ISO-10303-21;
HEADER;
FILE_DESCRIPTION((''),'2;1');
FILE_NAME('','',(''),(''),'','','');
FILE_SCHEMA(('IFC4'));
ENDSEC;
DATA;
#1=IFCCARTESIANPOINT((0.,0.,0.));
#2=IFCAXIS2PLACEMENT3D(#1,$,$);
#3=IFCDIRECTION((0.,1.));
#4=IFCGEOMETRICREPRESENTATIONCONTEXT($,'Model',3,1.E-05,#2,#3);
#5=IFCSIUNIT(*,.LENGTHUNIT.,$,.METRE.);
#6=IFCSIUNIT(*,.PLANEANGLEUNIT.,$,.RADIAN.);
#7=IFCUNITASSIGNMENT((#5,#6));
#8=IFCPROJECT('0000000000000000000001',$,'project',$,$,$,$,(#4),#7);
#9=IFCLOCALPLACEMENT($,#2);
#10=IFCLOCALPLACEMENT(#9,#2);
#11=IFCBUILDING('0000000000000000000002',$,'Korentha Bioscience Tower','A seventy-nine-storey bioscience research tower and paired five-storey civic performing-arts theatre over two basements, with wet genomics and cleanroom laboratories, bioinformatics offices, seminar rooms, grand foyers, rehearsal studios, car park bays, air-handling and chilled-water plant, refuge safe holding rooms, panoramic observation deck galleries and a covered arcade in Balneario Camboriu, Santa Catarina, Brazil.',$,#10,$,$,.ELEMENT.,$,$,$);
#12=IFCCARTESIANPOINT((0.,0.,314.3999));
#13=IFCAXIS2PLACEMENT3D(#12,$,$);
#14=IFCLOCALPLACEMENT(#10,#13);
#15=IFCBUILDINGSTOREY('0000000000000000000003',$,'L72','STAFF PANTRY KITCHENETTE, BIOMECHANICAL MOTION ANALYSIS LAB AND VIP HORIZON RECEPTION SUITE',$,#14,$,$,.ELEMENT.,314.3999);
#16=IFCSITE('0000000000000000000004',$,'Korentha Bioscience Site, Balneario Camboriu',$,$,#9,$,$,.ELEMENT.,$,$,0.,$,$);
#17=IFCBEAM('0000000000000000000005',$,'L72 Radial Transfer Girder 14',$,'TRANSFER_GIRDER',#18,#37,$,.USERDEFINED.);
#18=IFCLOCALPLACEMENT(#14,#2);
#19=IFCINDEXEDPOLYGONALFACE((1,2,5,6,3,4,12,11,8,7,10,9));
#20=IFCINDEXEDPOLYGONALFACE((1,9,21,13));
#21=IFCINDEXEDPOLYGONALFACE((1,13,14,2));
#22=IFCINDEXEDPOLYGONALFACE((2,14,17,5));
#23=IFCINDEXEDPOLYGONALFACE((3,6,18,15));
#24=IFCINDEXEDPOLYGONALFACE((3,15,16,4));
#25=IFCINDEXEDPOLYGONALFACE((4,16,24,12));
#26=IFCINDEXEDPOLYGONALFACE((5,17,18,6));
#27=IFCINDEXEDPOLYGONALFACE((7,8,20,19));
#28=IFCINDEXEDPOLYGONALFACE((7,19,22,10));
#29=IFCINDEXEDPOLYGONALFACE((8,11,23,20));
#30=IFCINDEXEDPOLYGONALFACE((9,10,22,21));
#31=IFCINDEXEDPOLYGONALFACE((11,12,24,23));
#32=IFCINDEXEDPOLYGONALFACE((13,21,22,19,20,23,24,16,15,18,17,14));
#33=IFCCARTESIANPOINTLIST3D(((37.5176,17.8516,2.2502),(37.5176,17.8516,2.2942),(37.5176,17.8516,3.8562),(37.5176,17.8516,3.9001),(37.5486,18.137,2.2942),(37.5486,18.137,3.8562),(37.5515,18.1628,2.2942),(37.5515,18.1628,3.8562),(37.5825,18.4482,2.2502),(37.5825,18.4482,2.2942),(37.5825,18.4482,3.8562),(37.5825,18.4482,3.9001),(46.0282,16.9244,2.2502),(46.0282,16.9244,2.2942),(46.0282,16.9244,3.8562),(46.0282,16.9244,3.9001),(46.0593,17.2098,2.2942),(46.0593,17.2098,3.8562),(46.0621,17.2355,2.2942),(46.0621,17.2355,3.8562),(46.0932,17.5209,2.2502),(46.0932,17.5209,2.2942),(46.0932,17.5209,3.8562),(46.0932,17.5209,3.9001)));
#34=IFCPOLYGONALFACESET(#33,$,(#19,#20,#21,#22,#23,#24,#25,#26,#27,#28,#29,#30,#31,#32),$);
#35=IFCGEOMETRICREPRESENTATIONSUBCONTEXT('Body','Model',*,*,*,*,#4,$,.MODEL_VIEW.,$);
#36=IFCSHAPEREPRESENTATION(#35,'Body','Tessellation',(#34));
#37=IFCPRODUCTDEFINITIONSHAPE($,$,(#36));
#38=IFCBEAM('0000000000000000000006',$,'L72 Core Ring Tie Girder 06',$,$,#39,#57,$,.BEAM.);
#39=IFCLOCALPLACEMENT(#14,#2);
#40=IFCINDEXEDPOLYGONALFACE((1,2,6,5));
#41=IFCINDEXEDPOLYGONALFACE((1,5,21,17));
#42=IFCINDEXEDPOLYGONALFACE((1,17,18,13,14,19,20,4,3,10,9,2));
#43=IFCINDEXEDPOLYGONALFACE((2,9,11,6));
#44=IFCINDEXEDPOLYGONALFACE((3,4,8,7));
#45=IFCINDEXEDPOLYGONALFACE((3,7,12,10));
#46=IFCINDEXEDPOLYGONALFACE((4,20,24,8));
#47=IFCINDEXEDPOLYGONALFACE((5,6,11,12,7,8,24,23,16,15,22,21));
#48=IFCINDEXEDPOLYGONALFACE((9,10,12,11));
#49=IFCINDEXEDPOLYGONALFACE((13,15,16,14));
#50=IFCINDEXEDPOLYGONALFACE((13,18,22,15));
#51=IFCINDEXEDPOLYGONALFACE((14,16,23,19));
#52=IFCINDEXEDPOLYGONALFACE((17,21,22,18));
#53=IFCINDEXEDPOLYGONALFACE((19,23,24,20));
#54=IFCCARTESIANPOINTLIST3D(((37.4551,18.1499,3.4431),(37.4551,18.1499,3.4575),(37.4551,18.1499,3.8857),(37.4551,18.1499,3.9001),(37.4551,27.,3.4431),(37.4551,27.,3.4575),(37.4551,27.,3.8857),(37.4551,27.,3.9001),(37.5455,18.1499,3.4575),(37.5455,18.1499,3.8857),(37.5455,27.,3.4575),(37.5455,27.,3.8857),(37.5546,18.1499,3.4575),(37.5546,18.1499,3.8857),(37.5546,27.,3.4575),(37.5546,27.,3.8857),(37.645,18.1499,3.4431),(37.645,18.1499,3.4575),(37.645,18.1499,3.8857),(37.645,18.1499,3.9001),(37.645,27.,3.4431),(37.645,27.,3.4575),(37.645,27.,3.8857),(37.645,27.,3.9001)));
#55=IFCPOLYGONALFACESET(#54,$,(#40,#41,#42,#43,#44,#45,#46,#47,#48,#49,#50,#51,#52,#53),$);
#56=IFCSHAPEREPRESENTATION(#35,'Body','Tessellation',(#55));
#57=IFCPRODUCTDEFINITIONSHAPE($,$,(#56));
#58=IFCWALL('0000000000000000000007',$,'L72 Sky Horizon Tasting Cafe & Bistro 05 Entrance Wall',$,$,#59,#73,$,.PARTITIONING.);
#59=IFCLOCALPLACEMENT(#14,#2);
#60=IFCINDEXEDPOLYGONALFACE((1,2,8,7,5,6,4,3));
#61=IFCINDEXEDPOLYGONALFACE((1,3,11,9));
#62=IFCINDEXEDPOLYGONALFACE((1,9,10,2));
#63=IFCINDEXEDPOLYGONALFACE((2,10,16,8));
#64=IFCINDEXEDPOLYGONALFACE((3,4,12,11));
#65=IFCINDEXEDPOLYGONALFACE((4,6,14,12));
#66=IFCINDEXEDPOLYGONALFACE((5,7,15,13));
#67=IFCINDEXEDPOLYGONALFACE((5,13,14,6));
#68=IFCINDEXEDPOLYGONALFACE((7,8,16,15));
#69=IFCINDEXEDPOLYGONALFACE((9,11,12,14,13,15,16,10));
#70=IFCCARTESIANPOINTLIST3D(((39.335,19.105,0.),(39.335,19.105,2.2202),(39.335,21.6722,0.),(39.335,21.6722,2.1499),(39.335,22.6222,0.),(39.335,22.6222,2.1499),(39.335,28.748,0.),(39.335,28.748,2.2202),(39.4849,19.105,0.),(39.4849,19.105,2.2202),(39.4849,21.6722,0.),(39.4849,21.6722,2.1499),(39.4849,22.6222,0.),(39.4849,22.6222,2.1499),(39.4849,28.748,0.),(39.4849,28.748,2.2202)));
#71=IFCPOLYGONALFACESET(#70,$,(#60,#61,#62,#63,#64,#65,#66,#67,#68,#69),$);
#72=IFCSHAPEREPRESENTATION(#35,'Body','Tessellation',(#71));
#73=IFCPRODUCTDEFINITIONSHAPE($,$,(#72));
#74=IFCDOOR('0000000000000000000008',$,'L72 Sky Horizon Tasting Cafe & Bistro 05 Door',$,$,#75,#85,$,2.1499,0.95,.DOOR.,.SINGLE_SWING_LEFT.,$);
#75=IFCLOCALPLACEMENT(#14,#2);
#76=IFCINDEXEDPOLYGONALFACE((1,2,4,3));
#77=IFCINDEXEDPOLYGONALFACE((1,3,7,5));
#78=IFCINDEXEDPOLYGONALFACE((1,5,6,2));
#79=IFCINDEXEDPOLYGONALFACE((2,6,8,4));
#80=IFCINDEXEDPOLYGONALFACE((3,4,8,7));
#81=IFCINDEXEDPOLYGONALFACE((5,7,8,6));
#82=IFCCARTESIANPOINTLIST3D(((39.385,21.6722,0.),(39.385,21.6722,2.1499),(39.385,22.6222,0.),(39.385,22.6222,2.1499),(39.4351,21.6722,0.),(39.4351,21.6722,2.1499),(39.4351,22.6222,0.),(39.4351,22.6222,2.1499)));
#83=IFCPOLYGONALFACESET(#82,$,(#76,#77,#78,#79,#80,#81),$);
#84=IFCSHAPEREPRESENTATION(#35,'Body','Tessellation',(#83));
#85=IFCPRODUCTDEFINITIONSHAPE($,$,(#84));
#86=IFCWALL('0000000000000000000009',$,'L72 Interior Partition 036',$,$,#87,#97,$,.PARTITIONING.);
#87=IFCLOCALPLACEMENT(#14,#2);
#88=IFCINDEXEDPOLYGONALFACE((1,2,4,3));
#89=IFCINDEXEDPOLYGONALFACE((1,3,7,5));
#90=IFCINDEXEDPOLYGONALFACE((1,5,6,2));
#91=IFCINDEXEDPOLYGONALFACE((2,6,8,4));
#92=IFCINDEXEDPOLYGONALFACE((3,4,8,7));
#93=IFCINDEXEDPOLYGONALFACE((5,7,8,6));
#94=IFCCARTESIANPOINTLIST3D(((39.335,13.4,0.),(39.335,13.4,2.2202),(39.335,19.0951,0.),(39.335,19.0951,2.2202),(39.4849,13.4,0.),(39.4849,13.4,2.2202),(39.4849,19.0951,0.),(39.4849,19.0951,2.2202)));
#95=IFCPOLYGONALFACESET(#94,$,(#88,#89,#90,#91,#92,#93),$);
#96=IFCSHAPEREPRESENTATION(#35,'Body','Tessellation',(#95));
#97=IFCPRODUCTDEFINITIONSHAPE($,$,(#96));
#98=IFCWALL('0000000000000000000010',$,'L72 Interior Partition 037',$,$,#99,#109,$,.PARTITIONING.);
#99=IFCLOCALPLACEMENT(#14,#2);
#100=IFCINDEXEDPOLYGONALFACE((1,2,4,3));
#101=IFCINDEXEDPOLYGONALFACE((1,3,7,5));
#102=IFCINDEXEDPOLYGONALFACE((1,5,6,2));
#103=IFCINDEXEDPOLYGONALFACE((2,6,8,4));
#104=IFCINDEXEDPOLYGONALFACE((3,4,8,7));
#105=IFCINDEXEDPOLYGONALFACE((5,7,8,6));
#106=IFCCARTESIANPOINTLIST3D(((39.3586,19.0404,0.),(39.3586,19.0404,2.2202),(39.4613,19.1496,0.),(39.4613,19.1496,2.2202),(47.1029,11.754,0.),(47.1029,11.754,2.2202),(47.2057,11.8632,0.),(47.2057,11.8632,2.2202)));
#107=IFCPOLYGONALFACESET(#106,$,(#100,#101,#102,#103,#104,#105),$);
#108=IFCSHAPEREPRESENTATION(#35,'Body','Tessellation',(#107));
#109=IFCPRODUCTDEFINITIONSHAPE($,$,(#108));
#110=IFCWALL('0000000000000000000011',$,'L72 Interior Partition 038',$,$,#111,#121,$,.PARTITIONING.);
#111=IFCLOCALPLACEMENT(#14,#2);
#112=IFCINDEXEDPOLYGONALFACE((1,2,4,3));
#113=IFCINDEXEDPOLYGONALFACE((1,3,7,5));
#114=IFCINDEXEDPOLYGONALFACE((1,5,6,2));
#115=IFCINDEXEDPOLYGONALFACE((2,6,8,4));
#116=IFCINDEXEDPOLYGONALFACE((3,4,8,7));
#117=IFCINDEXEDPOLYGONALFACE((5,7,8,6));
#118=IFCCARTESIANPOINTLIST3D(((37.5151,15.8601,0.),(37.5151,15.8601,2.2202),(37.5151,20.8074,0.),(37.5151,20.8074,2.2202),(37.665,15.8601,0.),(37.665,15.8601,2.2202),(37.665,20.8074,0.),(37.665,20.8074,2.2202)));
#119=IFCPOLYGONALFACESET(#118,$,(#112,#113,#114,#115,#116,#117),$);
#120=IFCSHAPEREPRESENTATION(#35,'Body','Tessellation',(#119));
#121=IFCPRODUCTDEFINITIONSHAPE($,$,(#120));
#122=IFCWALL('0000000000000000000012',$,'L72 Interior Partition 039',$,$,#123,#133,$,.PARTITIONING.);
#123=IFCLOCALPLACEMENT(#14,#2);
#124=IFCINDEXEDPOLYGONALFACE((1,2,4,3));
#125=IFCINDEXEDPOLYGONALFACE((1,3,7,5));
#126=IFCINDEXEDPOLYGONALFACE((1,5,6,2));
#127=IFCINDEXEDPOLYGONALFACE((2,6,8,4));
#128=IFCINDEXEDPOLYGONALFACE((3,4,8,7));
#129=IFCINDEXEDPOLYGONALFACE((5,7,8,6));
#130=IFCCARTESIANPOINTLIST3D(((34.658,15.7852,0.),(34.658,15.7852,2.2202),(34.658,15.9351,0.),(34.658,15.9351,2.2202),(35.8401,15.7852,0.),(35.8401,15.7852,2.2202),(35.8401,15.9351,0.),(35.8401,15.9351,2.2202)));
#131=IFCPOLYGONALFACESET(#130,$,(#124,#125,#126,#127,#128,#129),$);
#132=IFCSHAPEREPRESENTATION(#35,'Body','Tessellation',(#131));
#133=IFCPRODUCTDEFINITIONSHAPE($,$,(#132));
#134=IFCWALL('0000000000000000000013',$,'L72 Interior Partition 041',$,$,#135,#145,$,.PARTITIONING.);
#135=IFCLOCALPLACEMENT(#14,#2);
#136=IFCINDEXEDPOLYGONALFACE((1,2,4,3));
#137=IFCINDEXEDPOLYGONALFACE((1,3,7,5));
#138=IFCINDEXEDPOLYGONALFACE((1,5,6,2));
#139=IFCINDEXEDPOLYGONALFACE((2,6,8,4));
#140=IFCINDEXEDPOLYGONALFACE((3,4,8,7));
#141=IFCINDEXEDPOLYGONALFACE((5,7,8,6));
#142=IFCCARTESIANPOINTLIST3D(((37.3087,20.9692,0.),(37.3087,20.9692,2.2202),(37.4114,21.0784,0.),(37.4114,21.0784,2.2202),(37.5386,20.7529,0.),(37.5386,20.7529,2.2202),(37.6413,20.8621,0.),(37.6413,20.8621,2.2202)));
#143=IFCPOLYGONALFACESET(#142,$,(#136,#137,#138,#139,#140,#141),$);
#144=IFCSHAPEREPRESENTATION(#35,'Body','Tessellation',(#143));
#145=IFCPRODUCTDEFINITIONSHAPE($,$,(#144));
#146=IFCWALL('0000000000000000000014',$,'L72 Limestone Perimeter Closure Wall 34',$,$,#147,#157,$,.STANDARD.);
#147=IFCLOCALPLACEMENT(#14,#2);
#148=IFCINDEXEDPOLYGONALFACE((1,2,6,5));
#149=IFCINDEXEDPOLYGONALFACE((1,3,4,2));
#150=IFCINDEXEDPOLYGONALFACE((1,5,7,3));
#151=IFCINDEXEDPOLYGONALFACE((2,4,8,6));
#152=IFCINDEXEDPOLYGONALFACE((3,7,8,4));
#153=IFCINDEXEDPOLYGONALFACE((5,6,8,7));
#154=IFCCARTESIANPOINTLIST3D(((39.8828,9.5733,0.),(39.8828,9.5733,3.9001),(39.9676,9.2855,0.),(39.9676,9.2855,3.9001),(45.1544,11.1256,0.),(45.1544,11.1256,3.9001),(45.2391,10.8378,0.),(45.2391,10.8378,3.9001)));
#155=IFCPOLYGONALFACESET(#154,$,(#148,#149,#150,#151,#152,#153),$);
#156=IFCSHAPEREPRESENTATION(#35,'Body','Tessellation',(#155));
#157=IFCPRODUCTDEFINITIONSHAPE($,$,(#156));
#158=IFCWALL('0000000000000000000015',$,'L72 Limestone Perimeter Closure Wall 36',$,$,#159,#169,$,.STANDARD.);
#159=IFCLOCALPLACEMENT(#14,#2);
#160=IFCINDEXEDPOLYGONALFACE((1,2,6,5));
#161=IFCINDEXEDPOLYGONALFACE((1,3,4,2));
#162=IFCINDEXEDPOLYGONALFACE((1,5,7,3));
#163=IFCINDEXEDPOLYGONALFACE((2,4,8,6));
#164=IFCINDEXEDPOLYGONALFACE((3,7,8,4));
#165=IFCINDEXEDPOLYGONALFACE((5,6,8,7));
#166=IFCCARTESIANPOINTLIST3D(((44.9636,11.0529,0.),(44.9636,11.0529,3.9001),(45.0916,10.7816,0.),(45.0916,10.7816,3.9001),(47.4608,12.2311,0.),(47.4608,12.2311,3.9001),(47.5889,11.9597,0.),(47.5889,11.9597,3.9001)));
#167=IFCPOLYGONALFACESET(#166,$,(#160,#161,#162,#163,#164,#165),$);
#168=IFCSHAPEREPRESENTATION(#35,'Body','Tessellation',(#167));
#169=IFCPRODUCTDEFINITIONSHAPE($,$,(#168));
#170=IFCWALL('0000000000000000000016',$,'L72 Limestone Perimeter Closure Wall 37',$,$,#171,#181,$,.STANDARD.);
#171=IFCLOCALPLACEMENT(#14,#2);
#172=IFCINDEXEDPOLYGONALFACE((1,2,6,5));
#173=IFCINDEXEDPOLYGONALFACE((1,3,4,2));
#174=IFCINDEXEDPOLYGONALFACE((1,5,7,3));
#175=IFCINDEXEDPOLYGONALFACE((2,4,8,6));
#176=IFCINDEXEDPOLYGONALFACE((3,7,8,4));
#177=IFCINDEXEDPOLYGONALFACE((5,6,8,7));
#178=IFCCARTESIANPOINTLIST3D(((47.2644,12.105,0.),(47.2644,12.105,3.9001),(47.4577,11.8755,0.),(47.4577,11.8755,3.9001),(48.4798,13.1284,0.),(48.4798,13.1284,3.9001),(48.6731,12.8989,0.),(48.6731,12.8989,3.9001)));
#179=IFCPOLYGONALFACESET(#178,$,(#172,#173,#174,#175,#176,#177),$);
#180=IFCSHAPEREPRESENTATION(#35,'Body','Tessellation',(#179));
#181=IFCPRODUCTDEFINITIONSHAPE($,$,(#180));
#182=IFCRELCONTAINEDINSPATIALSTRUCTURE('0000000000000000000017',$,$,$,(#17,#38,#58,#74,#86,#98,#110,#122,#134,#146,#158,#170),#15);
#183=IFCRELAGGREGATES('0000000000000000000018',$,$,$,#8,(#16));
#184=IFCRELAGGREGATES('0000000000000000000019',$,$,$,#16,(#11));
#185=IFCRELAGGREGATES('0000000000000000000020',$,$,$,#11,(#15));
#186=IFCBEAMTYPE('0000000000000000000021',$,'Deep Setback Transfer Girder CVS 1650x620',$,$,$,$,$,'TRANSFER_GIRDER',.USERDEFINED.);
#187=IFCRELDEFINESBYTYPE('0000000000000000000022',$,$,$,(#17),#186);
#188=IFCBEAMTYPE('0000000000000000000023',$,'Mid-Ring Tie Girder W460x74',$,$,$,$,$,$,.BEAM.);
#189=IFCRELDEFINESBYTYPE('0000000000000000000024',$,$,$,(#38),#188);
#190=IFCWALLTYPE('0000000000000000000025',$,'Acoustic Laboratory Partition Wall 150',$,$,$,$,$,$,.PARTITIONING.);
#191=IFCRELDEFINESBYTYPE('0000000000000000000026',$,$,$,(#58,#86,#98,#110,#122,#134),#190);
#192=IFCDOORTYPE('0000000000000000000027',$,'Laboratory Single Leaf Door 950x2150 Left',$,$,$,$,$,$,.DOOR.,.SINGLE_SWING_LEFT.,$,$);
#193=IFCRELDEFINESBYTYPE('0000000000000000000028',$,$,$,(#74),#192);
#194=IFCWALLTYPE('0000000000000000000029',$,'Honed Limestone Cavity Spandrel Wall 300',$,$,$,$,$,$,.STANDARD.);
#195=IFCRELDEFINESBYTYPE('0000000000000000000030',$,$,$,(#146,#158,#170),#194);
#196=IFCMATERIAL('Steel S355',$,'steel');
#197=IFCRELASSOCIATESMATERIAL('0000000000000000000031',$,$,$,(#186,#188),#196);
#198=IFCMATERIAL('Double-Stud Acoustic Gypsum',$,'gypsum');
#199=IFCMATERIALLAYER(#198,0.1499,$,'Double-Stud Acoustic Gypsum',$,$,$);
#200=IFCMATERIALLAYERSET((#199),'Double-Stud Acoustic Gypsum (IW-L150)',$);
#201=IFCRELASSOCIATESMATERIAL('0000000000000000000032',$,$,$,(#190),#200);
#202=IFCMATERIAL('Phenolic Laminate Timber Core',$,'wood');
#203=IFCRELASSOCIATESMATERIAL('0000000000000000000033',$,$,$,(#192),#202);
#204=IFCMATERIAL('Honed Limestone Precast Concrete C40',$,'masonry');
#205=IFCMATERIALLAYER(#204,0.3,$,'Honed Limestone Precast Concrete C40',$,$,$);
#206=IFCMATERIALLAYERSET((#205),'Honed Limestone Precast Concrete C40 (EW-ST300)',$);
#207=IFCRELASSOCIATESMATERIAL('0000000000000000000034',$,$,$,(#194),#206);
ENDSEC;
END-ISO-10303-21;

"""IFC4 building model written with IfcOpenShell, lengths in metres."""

from ifc_helpers import new_model, si_unit, direction, frame, frame_2d, origin, origin_2d, place, context, subcontext, project, spatial, rectangle, i_section, extrude, material, layer, layer_set, material_profile, profile_set, type_object, element, fill, save


model = new_model("IFC4")

# Units and contexts
model_context = context("Model", 3, precision=1e-05, world=origin(), true_north=direction((0.0, 1.0)))
body_context = subcontext(model_context, "Body", "Model", "MODEL_VIEW")
ifc_project = project(units=[si_unit("LENGTHUNIT", "METRE"), si_unit("PLANEANGLEUNIT", "RADIAN")], contexts=[model_context])

# Site, building, storey
site_placement = place(None, origin())
site = spatial("IfcSite", under=ifc_project, at=site_placement, Name="Korentha Bioscience Site, Balneario Camboriu", CompositionType="ELEMENT", RefElevation=0.0)
building_placement = place(site_placement, origin())
building = spatial("IfcBuilding", under=site, at=building_placement, Name="Korentha Bioscience Tower", Description="A seventy-nine-storey bioscience research tower and paired five-storey civic performing-arts theatre over two basements, with wet genomics and cleanroom laboratories, bioinformatics offices, seminar rooms, grand foyers, rehearsal studios, car park bays, air-handling and chilled-water plant, refuge safe holding rooms, panoramic observation deck galleries and a covered arcade in Balneario Camboriu, Santa Catarina, Brazil.", CompositionType="ELEMENT")
storey_placement = place(building_placement, frame((0.0, 0.0, 314.3999)))
storey = spatial("IfcBuildingStorey", under=building, at=storey_placement, Name="L72", Description="STAFF PANTRY KITCHENETTE, BIOMECHANICAL MOTION ANALYSIS LAB AND VIP HORIZON RECEPTION SUITE", CompositionType="ELEMENT", Elevation=314.3999)

# Beams
ifc_material_1 = material(Name="Steel S355", Category="steel")
ifc_material_profile_1 = material_profile(ifc_material_1, i_section(OverallWidth=0.6001, OverallDepth=1.6499, WebThickness=0.0259, FlangeThickness=0.0439, at=origin_2d()), Name="Steel S355")
ifc_profile_set_1 = profile_set([ifc_material_profile_1], Name="Steel S355 (TG-04)")
beam_type_1 = type_object("IfcBeamType", Name="Deep Setback Transfer Girder CVS 1650x620", ElementType="TRANSFER_GIRDER", PredefinedType="USERDEFINED", material=ifc_profile_set_1)
beam_1_placement = place(storey_placement, frame((37.55, 18.1499, 3.0752), z_axis=(0.994117, -0.108309, 0.0), x_axis=(0.108309, 0.994117, 0.0)))
element("IfcBeam", 1, at=beam_1_placement, inside=storey, type_object=beam_type_1, Name="L72 Radial Transfer Girder 14", ObjectType="TRANSFER_GIRDER", PredefinedType="USERDEFINED", context=body_context, shape_type="SweptSolid", body=[
    extrude(i_section(OverallWidth=0.6001, OverallDepth=1.6499, WebThickness=0.0259, FlangeThickness=0.0439, at=origin_2d()), origin(), (0.0, 0.0, 1.0), 8.561),
])
ifc_material_profile_2 = material_profile(ifc_material_1, i_section(OverallWidth=0.1899, OverallDepth=0.457, WebThickness=0.009, FlangeThickness=0.0144, at=origin_2d()), Name="Steel S355")
ifc_profile_set_2 = profile_set([ifc_material_profile_2], Name="Steel S355 (MB-460)")
beam_type_2 = type_object("IfcBeamType", Name="Mid-Ring Tie Girder W460x74", PredefinedType="BEAM", material=ifc_profile_set_2)
beam_2_placement = place(storey_placement, frame((37.55, 18.1499, 3.6716), z_axis=(0.0, 1.0, 0.0), x_axis=(-1.0, 0.0, 0.0)))
element("IfcBeam", 2, at=beam_2_placement, inside=storey, type_object=beam_type_2, Name="L72 Core Ring Tie Girder 06", PredefinedType="BEAM", context=body_context, shape_type="SweptSolid", body=[
    extrude(i_section(OverallWidth=0.1899, OverallDepth=0.457, WebThickness=0.009, FlangeThickness=0.0144, at=origin_2d()), origin(), (0.0, 0.0, 1.0), 8.8501),
])

# Wall, opening, door
ifc_material_2 = material(Name="Double-Stud Acoustic Gypsum", Category="gypsum")
ifc_layer_1 = layer(ifc_material_2, 0.1499, Name="Double-Stud Acoustic Gypsum")
ifc_layer_set_1 = layer_set([ifc_layer_1], Name="Double-Stud Acoustic Gypsum (IW-L150)")
wall_type_1 = type_object("IfcWallType", Name="Acoustic Laboratory Partition Wall 150", PredefinedType="PARTITIONING", material=ifc_layer_set_1)
ifc_material_3 = material(Name="Phenolic Laminate Timber Core", Category="wood")
wall_1_placement = place(storey_placement, frame((39.4099, 19.105, 0.0), z_axis=(0.0, 0.0, 1.0), x_axis=(0.0, 1.0, 0.0)))
wall_1 = element("IfcWall", 3, at=wall_1_placement, inside=storey, type_object=wall_type_1, Name="L72 Sky Horizon Tasting Cafe & Bistro 05 Entrance Wall", PredefinedType="PARTITIONING", context=body_context, shape_type="SweptSolid", body=[
    extrude(rectangle(XDim=9.6431, YDim=0.1499, at=frame_2d((4.8215, 0.0))), origin(), (0.0, 0.0, 1.0), 2.2202),
])
opening_1_placement = place(wall_1_placement, frame((2.5671, 0.0, 0.0)))
opening_1 = element("IfcOpeningElement", 4, at=opening_1_placement, cuts=wall_1, PredefinedType="OPENING", context=body_context, shape_type="SweptSolid", body=[
    extrude(rectangle(XDim=0.95, YDim=2.1499, at=frame_2d((0.4751, 1.075))), frame((0.0, 0.0898, 0.0), z_axis=(0.0, -1.0, 0.0), x_axis=(1.0, 0.0, 0.0)), (0.0, 0.0, 1.0), 0.1797),
])
door_type_1 = type_object("IfcDoorType", Name="Laboratory Single Leaf Door 950x2150 Left", OperationType="SINGLE_SWING_LEFT", PredefinedType="DOOR", material=ifc_material_3)
door_1_placement = place(opening_1_placement, origin())
door_1 = element("IfcDoor", 5, at=door_1_placement, inside=storey, type_object=door_type_1, Name="L72 Sky Horizon Tasting Cafe & Bistro 05 Door", OperationType="SINGLE_SWING_LEFT", OverallHeight=2.1499, OverallWidth=0.95, PredefinedType="DOOR", context=body_context, shape_type="SweptSolid", body=[
    extrude(rectangle(XDim=0.95, YDim=2.1499, at=frame_2d((0.4751, 1.075))), frame((0.0, 0.0249, 0.0), z_axis=(0.0, -1.0, 0.0), x_axis=(1.0, 0.0, 0.0)), (0.0, 0.0, 1.0), 0.05),
])
fill(opening_1, door_1)

# Walls
wall_2_placement = place(storey_placement, frame((39.4099, 13.3999, 0.0), z_axis=(0.0, 0.0, 1.0), x_axis=(0.0, 1.0, 0.0)))
element("IfcWall", 6, at=wall_2_placement, inside=storey, type_object=wall_type_1, Name="L72 Interior Partition 036", PredefinedType="PARTITIONING", context=body_context, shape_type="SweptSolid", body=[
    extrude(rectangle(XDim=5.6951, YDim=0.1499, at=frame_2d((2.8477, 0.0))), origin(), (0.0, 0.0, 1.0), 2.2202),
])
wall_3_placement = place(storey_placement, frame((39.4099, 19.095, 0.0), z_axis=(0.0, 0.0, 1.0), x_axis=(0.728315, -0.685242, 0.0)))
element("IfcWall", 7, at=wall_3_placement, inside=storey, type_object=wall_type_1, Name="L72 Interior Partition 037", PredefinedType="PARTITIONING", context=body_context, shape_type="SweptSolid", body=[
    extrude(rectangle(XDim=10.6333, YDim=0.1499, at=frame_2d((5.3167, 0.0))), origin(), (0.0, 0.0, 1.0), 2.2202),
])
wall_4_placement = place(storey_placement, frame((37.5901, 20.8074, 0.0), z_axis=(0.0, 0.0, 1.0), x_axis=(0.0, -1.0, 0.0)))
element("IfcWall", 8, at=wall_4_placement, inside=storey, type_object=wall_type_1, Name="L72 Interior Partition 038", PredefinedType="PARTITIONING", context=body_context, shape_type="SweptSolid", body=[
    extrude(rectangle(XDim=4.9473, YDim=0.1499, at=frame_2d((2.4736, 0.0))), origin(), (0.0, 0.0, 1.0), 2.2202),
])
wall_5_placement = place(storey_placement, frame((35.8401, 15.8601, 0.0), z_axis=(0.0, 0.0, 1.0), x_axis=(-1.0, 0.0, 0.0)))
element("IfcWall", 9, at=wall_5_placement, inside=storey, type_object=wall_type_1, Name="L72 Interior Partition 039", PredefinedType="PARTITIONING", context=body_context, shape_type="SweptSolid", body=[
    extrude(rectangle(XDim=1.1821, YDim=0.1499, at=frame_2d((0.5911, 0.0))), origin(), (0.0, 0.0, 1.0), 2.2202),
])
wall_6_placement = place(storey_placement, frame((37.3601, 21.0237, 0.0), z_axis=(0.0, 0.0, 1.0), x_axis=(0.728427, -0.685123, 0.0)))
element("IfcWall", 10, at=wall_6_placement, inside=storey, type_object=wall_type_1, Name="L72 Interior Partition 041", PredefinedType="PARTITIONING", context=body_context, shape_type="SweptSolid", body=[
    extrude(rectangle(XDim=0.3157, YDim=0.1499, at=frame_2d((0.1577, 0.0))), origin(), (0.0, 0.0, 1.0), 2.2202),
])
ifc_material_4 = material(Name="Honed Limestone Precast Concrete C40", Category="masonry")
ifc_layer_2 = layer(ifc_material_4, 0.3, Name="Honed Limestone Precast Concrete C40")
ifc_layer_set_2 = layer_set([ifc_layer_2], Name="Honed Limestone Precast Concrete C40 (EW-ST300)")
wall_type_2 = type_object("IfcWallType", Name="Honed Limestone Cavity Spandrel Wall 300", PredefinedType="STANDARD", material=ifc_layer_set_2)
wall_7_placement = place(storey_placement, frame((39.9253, 9.4294, 0.0), z_axis=(0.0, 0.0, 1.0), x_axis=(0.959276, 0.282469, 0.0)))
element("IfcWall", 11, at=wall_7_placement, inside=storey, type_object=wall_type_2, Name="L72 Limestone Perimeter Closure Wall 34", PredefinedType="STANDARD", context=body_context, shape_type="SweptSolid", body=[
    extrude(rectangle(XDim=5.4954, YDim=0.3, at=frame_2d((2.7476, 0.0))), origin(), (0.0, 0.0, 1.0), 3.9001),
])
wall_8_placement = place(storey_placement, frame((45.0276, 10.9172, 0.0), z_axis=(0.0, 0.0, 1.0), x_axis=(0.904397, 0.426691, 0.0)))
element("IfcWall", 12, at=wall_8_placement, inside=storey, type_object=wall_type_2, Name="L72 Limestone Perimeter Closure Wall 36", PredefinedType="STANDARD", context=body_context, shape_type="SweptSolid", body=[
    extrude(rectangle(XDim=2.7612, YDim=0.3, at=frame_2d((1.3806, 0.0))), origin(), (0.0, 0.0, 1.0), 3.9001),
])
for number, where, z_axis, x_axis, name in (
    (13, (47.3611, 11.9902, 0.0), (0.0, 0.0, 1.0), (0.764911, 0.644136, 0.0), "L72 Limestone Perimeter Closure Wall 37"),
):
    element("IfcWall", number, at=place(storey_placement, frame(where, z_axis=z_axis, x_axis=x_axis)), inside=storey, type_object=wall_type_2, Name=name, PredefinedType="STANDARD", context=body_context, shape_type="SweptSolid", body=[
        extrude(rectangle(XDim=1.5889, YDim=0.3, at=frame_2d((0.7944, 0.0))), origin(), (0.0, 0.0, 1.0), 3.9001),
    ])

save(model, "model.ifc")
